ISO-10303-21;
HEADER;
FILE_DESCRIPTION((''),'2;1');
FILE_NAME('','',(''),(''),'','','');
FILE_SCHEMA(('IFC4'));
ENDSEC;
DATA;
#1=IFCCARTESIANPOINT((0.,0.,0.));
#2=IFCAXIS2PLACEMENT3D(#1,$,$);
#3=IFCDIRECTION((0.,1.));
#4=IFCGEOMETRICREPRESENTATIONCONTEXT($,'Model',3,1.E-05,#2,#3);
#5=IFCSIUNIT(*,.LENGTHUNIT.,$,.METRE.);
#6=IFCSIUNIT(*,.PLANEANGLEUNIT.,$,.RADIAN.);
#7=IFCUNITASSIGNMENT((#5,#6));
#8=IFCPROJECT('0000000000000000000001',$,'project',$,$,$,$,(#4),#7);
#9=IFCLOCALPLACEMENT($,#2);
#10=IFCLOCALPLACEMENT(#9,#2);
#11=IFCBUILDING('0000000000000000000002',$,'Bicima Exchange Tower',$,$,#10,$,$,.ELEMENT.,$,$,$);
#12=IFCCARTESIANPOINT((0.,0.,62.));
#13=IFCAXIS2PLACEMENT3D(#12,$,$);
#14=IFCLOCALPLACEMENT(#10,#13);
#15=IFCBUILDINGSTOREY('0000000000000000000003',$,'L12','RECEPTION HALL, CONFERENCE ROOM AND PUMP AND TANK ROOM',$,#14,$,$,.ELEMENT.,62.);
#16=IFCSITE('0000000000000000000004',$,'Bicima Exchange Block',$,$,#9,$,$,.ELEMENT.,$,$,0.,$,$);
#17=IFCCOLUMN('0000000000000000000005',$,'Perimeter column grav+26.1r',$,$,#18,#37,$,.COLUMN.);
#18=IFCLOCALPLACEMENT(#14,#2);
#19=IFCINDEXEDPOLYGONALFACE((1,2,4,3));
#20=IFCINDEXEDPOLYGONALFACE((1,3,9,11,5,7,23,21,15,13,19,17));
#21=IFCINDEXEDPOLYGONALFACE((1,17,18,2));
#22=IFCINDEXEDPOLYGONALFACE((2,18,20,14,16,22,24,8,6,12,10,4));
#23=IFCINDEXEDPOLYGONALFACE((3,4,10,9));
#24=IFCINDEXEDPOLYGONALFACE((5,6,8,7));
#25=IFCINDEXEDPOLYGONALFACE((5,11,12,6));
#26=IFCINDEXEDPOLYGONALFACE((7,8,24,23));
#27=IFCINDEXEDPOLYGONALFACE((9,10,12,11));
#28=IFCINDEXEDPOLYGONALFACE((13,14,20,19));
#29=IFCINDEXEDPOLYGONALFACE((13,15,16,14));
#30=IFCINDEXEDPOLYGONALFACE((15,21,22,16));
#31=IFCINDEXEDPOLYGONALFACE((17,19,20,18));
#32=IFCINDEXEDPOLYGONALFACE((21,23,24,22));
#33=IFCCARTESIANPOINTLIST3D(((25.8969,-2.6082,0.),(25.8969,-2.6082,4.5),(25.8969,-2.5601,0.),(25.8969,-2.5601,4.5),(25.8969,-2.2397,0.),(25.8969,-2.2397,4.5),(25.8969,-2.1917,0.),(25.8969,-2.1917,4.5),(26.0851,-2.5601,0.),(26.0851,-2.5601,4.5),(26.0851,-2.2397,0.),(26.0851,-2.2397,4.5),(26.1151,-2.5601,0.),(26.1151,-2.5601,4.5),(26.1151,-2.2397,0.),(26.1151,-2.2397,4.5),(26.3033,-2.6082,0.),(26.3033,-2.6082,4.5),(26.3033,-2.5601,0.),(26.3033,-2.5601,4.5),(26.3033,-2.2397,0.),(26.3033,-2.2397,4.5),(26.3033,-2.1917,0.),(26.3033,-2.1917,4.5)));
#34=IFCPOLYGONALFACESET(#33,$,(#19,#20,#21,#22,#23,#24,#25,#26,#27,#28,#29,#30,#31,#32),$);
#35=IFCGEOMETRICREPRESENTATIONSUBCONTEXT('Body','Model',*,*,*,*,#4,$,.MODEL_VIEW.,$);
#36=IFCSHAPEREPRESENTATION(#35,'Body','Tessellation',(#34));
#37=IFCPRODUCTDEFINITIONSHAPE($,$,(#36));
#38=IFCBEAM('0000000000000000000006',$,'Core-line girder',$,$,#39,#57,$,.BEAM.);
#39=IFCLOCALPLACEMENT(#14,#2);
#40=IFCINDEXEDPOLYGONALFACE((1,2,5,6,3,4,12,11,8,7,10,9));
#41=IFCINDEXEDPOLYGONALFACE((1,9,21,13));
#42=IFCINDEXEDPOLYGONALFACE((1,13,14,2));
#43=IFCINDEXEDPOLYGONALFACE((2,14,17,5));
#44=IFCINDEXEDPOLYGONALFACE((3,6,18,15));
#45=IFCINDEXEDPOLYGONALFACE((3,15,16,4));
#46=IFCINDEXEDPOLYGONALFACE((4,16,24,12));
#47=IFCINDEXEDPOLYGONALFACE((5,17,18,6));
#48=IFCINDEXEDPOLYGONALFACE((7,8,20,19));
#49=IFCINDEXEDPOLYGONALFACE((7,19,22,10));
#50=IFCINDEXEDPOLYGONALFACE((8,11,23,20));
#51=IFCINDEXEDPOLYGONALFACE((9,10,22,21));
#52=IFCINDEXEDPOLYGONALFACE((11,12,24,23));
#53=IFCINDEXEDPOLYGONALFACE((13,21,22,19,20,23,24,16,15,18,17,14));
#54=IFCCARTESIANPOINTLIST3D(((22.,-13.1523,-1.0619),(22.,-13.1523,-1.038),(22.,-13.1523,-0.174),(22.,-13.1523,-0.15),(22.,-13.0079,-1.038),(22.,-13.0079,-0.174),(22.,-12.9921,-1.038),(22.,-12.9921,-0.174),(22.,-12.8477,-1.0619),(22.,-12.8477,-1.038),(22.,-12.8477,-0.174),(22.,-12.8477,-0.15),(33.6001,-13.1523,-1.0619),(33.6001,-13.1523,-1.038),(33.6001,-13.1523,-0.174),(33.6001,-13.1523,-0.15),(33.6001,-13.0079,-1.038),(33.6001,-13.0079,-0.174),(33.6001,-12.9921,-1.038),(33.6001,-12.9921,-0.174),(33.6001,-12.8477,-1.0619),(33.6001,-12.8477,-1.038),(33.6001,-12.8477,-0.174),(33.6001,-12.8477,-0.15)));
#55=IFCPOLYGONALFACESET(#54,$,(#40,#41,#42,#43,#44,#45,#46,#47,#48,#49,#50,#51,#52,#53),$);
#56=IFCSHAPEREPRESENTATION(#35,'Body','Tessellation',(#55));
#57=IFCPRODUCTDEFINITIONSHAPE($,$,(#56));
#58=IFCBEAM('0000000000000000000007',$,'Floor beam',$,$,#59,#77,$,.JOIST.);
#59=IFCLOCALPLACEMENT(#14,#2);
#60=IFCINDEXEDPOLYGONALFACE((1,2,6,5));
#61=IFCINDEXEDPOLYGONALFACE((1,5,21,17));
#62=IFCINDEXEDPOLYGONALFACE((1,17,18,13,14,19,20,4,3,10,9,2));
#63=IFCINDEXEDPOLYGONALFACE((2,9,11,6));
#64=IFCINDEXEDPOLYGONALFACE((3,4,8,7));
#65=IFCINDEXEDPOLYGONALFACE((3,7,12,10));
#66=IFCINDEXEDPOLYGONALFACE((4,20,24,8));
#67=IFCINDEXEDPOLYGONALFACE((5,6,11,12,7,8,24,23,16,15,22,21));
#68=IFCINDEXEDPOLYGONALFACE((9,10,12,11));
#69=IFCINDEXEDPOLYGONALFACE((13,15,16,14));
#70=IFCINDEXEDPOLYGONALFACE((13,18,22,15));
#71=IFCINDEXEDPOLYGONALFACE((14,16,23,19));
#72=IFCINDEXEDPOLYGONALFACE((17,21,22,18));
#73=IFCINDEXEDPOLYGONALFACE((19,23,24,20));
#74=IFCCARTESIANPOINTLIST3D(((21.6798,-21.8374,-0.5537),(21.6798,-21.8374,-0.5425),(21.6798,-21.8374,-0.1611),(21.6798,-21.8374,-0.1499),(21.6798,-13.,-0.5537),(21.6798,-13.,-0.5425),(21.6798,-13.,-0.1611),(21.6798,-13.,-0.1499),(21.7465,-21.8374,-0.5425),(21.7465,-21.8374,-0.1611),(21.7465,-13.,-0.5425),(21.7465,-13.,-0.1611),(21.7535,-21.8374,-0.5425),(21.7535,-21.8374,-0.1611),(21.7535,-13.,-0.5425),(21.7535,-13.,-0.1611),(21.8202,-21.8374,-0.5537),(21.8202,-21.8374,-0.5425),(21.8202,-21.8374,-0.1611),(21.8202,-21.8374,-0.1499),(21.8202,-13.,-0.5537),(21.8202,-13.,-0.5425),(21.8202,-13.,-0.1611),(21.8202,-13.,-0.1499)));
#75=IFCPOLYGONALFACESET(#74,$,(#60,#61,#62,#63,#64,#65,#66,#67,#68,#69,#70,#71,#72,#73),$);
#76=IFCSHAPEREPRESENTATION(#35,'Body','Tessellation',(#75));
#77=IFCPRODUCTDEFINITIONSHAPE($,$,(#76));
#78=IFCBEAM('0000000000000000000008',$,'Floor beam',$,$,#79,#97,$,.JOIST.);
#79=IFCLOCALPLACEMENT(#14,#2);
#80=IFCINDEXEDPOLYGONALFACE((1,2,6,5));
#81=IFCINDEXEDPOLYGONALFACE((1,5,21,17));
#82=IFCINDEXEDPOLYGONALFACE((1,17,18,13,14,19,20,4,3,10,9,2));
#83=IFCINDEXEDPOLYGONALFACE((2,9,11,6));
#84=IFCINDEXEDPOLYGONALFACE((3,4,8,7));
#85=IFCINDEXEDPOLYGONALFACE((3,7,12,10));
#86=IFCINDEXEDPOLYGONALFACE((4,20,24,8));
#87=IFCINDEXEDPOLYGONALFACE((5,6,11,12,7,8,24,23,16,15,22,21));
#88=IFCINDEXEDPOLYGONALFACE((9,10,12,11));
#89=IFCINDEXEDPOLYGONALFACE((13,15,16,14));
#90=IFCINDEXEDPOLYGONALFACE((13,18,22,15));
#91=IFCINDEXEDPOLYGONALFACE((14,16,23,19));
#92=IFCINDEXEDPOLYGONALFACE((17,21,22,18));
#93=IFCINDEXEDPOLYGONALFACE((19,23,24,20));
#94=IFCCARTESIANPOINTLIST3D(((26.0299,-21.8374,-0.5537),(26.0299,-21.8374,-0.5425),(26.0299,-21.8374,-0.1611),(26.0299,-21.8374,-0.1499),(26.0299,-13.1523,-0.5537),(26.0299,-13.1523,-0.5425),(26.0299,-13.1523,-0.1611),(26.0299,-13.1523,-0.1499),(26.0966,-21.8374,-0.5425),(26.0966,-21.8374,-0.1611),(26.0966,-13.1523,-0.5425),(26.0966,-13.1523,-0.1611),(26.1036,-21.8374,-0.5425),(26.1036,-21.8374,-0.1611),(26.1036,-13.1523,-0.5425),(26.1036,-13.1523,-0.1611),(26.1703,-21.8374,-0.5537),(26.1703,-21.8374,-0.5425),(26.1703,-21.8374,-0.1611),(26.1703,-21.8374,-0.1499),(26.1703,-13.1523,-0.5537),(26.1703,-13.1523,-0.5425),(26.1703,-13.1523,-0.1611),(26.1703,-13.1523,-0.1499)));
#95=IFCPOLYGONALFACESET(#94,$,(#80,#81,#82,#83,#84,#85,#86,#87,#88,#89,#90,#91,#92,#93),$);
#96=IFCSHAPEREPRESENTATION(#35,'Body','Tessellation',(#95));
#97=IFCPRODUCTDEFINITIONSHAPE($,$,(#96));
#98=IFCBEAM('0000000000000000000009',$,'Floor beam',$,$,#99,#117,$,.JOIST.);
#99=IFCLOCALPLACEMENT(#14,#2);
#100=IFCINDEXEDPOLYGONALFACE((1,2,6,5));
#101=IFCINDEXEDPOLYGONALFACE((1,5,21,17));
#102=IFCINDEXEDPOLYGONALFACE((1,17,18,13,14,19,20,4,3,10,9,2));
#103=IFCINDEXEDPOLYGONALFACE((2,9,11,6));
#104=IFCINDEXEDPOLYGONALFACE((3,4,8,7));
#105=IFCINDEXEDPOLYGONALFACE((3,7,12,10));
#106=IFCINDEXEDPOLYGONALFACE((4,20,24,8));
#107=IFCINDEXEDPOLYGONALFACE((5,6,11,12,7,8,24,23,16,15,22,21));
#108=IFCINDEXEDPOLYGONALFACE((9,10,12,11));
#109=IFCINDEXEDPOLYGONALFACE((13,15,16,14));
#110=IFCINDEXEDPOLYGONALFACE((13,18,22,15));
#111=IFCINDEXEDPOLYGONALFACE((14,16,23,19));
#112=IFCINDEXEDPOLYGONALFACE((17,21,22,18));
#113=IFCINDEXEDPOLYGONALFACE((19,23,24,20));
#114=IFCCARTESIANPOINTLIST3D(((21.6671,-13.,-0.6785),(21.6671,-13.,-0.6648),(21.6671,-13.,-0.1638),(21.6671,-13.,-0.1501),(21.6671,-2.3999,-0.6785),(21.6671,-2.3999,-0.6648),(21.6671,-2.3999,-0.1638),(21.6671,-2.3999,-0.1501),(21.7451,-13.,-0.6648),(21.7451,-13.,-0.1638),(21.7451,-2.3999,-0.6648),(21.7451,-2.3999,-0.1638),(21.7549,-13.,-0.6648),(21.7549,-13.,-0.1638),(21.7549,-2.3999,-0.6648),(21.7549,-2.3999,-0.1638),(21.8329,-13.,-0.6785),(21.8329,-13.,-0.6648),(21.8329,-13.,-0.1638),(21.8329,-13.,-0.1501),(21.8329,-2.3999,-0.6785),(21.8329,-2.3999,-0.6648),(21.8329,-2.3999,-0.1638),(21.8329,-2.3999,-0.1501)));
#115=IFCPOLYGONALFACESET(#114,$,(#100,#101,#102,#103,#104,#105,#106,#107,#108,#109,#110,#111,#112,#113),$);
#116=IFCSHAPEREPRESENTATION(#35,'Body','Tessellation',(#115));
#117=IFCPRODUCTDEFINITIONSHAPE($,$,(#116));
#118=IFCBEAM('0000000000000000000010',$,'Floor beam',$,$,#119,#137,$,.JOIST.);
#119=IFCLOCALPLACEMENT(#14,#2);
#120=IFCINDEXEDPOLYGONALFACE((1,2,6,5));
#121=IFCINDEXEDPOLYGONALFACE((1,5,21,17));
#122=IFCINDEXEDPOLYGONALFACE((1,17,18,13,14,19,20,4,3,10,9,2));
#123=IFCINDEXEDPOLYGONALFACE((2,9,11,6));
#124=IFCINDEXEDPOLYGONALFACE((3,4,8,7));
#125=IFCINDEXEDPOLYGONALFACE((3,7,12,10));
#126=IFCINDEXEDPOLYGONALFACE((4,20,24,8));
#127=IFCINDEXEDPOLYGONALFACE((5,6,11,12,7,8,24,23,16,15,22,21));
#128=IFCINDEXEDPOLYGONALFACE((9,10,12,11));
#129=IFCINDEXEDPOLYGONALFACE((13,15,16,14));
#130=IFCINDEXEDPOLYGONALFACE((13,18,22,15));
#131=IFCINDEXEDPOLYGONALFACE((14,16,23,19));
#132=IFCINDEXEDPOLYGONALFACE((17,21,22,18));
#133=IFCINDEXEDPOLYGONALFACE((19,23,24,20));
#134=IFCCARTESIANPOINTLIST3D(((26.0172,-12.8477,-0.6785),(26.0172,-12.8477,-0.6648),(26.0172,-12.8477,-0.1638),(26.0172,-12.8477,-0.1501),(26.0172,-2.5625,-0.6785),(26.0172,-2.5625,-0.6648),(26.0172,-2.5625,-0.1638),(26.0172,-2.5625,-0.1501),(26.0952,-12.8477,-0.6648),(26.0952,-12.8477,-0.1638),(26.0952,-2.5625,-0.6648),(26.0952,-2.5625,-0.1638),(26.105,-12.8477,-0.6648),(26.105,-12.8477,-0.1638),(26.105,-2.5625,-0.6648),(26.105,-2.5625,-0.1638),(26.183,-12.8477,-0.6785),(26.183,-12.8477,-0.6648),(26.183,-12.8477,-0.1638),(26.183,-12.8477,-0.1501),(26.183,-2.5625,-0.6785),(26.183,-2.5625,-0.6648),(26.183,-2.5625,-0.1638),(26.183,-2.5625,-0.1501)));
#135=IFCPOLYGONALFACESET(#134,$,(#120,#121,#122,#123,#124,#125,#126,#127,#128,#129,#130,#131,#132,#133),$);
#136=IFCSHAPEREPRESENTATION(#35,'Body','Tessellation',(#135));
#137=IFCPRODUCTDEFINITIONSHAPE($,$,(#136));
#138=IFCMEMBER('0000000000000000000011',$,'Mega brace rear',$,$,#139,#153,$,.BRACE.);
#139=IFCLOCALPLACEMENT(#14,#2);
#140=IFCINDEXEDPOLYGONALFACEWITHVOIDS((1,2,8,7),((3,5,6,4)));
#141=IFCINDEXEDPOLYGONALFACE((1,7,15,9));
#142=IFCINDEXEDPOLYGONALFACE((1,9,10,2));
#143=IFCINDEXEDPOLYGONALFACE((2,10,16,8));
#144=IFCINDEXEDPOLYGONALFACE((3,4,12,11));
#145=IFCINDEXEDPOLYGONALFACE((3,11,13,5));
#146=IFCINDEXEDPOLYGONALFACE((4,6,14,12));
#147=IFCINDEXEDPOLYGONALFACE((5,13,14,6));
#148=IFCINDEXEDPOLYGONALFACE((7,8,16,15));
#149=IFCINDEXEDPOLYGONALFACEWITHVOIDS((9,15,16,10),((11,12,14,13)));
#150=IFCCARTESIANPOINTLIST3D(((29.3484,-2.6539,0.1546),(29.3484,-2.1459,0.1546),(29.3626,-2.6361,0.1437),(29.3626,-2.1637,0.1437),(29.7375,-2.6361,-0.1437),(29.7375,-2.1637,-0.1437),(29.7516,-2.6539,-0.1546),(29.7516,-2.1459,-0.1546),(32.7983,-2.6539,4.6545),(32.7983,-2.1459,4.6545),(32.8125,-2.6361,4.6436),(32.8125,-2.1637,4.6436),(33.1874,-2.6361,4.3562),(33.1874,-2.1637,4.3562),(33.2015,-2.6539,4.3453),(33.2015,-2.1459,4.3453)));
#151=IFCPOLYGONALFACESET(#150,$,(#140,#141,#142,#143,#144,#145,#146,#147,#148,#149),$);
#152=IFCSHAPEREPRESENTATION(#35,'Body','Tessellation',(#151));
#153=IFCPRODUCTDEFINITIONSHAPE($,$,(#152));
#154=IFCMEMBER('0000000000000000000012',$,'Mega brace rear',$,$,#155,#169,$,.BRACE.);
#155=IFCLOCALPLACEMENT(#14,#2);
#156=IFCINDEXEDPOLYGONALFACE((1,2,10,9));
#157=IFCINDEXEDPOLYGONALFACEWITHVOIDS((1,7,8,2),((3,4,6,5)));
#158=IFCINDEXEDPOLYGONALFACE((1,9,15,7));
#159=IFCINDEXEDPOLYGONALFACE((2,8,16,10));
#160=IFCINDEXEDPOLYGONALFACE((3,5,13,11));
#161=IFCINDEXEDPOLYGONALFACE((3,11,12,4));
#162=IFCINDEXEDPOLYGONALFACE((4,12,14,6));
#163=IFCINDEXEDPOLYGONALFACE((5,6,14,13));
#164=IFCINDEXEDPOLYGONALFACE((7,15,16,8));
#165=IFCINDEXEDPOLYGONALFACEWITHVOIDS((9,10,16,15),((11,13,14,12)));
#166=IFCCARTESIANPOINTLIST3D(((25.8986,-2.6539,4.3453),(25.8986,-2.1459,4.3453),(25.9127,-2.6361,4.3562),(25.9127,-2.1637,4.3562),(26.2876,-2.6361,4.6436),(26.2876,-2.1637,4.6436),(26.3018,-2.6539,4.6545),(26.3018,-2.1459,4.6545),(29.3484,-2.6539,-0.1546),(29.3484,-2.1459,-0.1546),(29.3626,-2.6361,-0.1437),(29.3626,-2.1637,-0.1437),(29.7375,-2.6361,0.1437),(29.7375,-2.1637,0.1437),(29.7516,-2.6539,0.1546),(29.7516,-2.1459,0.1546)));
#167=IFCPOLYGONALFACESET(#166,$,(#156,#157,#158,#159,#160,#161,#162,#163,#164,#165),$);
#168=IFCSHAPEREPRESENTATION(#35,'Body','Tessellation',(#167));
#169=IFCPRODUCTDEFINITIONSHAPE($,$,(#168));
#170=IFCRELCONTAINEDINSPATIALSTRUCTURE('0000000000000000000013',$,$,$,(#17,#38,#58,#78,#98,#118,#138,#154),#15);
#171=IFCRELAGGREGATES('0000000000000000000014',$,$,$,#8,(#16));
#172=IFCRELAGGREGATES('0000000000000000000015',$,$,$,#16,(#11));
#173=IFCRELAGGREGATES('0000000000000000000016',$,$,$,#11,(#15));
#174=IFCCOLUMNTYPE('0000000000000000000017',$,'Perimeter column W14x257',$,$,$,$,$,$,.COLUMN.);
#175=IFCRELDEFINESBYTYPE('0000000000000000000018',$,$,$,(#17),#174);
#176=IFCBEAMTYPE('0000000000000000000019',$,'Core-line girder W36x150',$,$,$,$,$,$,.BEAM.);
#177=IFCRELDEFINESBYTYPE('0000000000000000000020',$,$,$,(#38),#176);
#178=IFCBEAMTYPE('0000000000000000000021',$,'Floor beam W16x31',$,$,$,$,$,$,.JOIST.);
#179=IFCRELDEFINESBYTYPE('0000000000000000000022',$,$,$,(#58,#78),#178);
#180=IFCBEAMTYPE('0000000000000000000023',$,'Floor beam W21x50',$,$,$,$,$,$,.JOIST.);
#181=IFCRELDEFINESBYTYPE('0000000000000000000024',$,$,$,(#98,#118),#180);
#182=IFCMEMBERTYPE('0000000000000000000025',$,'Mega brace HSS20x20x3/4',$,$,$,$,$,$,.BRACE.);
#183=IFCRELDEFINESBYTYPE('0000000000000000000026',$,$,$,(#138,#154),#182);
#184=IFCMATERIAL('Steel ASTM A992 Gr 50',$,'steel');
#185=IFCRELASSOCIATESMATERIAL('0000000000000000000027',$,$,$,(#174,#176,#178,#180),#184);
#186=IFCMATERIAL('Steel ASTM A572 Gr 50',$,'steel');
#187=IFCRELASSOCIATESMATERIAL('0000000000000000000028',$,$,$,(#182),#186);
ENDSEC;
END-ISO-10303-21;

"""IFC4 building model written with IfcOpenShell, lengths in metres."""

from ifc_helpers import new_model, si_unit, direction, frame, origin, origin_2d, place, context, subcontext, project, spatial, hollow_rectangle, i_section, extrude, material, material_profile, profile_set, type_object, element, save


model = new_model("IFC4")

# Units and contexts
model_context = context("Model", 3, precision=1e-05, world=origin(), true_north=direction((0.0, 1.0)))
body_context = subcontext(model_context, "Body", "Model", "MODEL_VIEW")
ifc_project = project(units=[si_unit("LENGTHUNIT", "METRE"), si_unit("PLANEANGLEUNIT", "RADIAN")], contexts=[model_context])

# Site, building, storey
site_placement = place(None, origin())
site = spatial("IfcSite", under=ifc_project, at=site_placement, Name="Bicima Exchange Block", CompositionType="ELEMENT", RefElevation=0.0)
building_placement = place(site_placement, origin())
building = spatial("IfcBuilding", under=site, at=building_placement, Name="Bicima Exchange Tower", CompositionType="ELEMENT")
storey_placement = place(building_placement, frame((0.0, 0.0, 62.0)))
storey = spatial("IfcBuildingStorey", under=building, at=storey_placement, Name="L12", Description="RECEPTION HALL, CONFERENCE ROOM AND PUMP AND TANK ROOM", CompositionType="ELEMENT", Elevation=62.0)

# Column
ifc_material_1 = material(Name="Steel ASTM A992 Gr 50", Category="steel")
ifc_material_profile_1 = material_profile(ifc_material_1, i_section(OverallWidth=0.4065, OverallDepth=0.4165, WebThickness=0.03, FlangeThickness=0.0481, at=origin_2d()))
ifc_profile_set_1 = profile_set([ifc_material_profile_1], Name="Steel ASTM A992 Gr 50")
column_type = type_object("IfcColumnType", Name="Perimeter column W14x257", PredefinedType="COLUMN", material=ifc_profile_set_1)
column_placement = place(storey_placement, frame((26.1001, -2.3999, 0.0), z_axis=(0.0, 0.0, 1.0), x_axis=(1.0, 0.0, 0.0)))
element("IfcColumn", 1, at=column_placement, inside=storey, type_object=column_type, Name="Perimeter column grav+26.1r", PredefinedType="COLUMN", context=body_context, shape_type="SweptSolid", body=[
    extrude(i_section(OverallWidth=0.4065, OverallDepth=0.4165, WebThickness=0.03, FlangeThickness=0.0481, at=origin_2d()), origin(), (0.0, 0.0, 1.0), 4.5),
])

# Beams
ifc_material_profile_2 = material_profile(ifc_material_1, i_section(OverallWidth=0.3047, OverallDepth=0.9119, WebThickness=0.0159, FlangeThickness=0.0239, at=origin_2d()))
ifc_profile_set_2 = profile_set([ifc_material_profile_2], Name="Steel ASTM A992 Gr 50")
beam_type_1 = type_object("IfcBeamType", Name="Core-line girder W36x150", PredefinedType="BEAM", material=ifc_profile_set_2)
beam_1_placement = place(storey_placement, frame((22.0, -13.0, -0.606), z_axis=(1.0, 0.0, 0.0), x_axis=(0.0, 1.0, 0.0)))
element("IfcBeam", 2, at=beam_1_placement, inside=storey, type_object=beam_type_1, Name="Core-line girder", PredefinedType="BEAM", context=body_context, shape_type="SweptSolid", body=[
    extrude(i_section(OverallWidth=0.3047, OverallDepth=0.9119, WebThickness=0.0159, FlangeThickness=0.0239, at=origin_2d()), origin(), (0.0, 0.0, 1.0), 11.6001),
])
ifc_material_profile_3 = material_profile(ifc_material_1, i_section(OverallWidth=0.1404, OverallDepth=0.4038, WebThickness=0.0071, FlangeThickness=0.0112, at=origin_2d()))
ifc_profile_set_3 = profile_set([ifc_material_profile_3], Name="Steel ASTM A992 Gr 50")
beam_type_2 = type_object("IfcBeamType", Name="Floor beam W16x31", PredefinedType="JOIST", material=ifc_profile_set_3)
beam_2_placement = place(storey_placement, frame((21.75, -13.0, -0.3518), z_axis=(0.0, -1.0, 0.0), x_axis=(1.0, 0.0, 0.0)))
element("IfcBeam", 3, at=beam_2_placement, inside=storey, type_object=beam_type_2, Name="Floor beam", PredefinedType="JOIST", context=body_context, shape_type="SweptSolid", body=[
    extrude(i_section(OverallWidth=0.1404, OverallDepth=0.4038, WebThickness=0.0071, FlangeThickness=0.0112, at=origin_2d()), origin(), (0.0, 0.0, 1.0), 8.8374),
])
beam_3_placement = place(storey_placement, frame((26.1001, -13.1523, -0.3518), z_axis=(0.0, -1.0, 0.0), x_axis=(1.0, 0.0, 0.0)))
element("IfcBeam", 4, at=beam_3_placement, inside=storey, type_object=beam_type_2, Name="Floor beam", PredefinedType="JOIST", context=body_context, shape_type="SweptSolid", body=[
    extrude(i_section(OverallWidth=0.1404, OverallDepth=0.4038, WebThickness=0.0071, FlangeThickness=0.0112, at=origin_2d()), origin(), (0.0, 0.0, 1.0), 8.6851),
])
ifc_material_profile_4 = material_profile(ifc_material_1, i_section(OverallWidth=0.1658, OverallDepth=0.5283, WebThickness=0.0098, FlangeThickness=0.0137, at=origin_2d()))
ifc_profile_set_4 = profile_set([ifc_material_profile_4], Name="Steel ASTM A992 Gr 50")
beam_type_3 = type_object("IfcBeamType", Name="Floor beam W21x50", PredefinedType="JOIST", material=ifc_profile_set_4)
beam_4_placement = place(storey_placement, frame((21.75, -2.3999, -0.4143), z_axis=(0.0, -1.0, 0.0), x_axis=(1.0, 0.0, 0.0)))
element("IfcBeam", 5, at=beam_4_placement, inside=storey, type_object=beam_type_3, Name="Floor beam", PredefinedType="JOIST", context=body_context, shape_type="SweptSolid", body=[
    extrude(i_section(OverallWidth=0.1658, OverallDepth=0.5283, WebThickness=0.0098, FlangeThickness=0.0137, at=origin_2d()), origin(), (0.0, 0.0, 1.0), 10.6001),
])
beam_5_placement = place(storey_placement, frame((26.1001, -2.5625, -0.4143), z_axis=(0.0, -1.0, 0.0), x_axis=(1.0, 0.0, 0.0)))
element("IfcBeam", 6, at=beam_5_placement, inside=storey, type_object=beam_type_3, Name="Floor beam", PredefinedType="JOIST", context=body_context, shape_type="SweptSolid", body=[
    extrude(i_section(OverallWidth=0.1658, OverallDepth=0.5283, WebThickness=0.0098, FlangeThickness=0.0137, at=origin_2d()), origin(), (0.0, 0.0, 1.0), 10.2852),
])

# Members
ifc_material_2 = material(Name="Steel ASTM A572 Gr 50", Category="steel")
ifc_material_profile_5 = material_profile(ifc_material_2, hollow_rectangle(XDim=0.5081, YDim=0.5081, WallThickness=0.0178, at=origin_2d()))
ifc_profile_set_5 = profile_set([ifc_material_profile_5], Name="Steel ASTM A572 Gr 50")
member_type = type_object("IfcMemberType", Name="Mega brace HSS20x20x3/4", PredefinedType="BRACE", material=ifc_profile_set_5)
for number, where, z_axis, x_axis, name in (
    (7, (29.55, -2.3999, 0.0), (0.608426, 0.0, 0.793611), (0.0, 1.0, 0.0), "Mega brace rear"),
    (8, (29.55, -2.3999, 0.0), (-0.608426, 0.0, 0.793611), (0.0, -1.0, 0.0), "Mega brace rear"),
):
    element("IfcMember", number, at=place(storey_placement, frame(where, z_axis=z_axis, x_axis=x_axis)), inside=storey, type_object=member_type, Name=name, PredefinedType="BRACE", context=body_context, shape_type="SweptSolid", body=[
        extrude(hollow_rectangle(XDim=0.5081, YDim=0.5081, WallThickness=0.0178, at=origin_2d()), origin(), (0.0, 0.0, 1.0), 5.6702),
    ])

save(model, "model.ifc")
